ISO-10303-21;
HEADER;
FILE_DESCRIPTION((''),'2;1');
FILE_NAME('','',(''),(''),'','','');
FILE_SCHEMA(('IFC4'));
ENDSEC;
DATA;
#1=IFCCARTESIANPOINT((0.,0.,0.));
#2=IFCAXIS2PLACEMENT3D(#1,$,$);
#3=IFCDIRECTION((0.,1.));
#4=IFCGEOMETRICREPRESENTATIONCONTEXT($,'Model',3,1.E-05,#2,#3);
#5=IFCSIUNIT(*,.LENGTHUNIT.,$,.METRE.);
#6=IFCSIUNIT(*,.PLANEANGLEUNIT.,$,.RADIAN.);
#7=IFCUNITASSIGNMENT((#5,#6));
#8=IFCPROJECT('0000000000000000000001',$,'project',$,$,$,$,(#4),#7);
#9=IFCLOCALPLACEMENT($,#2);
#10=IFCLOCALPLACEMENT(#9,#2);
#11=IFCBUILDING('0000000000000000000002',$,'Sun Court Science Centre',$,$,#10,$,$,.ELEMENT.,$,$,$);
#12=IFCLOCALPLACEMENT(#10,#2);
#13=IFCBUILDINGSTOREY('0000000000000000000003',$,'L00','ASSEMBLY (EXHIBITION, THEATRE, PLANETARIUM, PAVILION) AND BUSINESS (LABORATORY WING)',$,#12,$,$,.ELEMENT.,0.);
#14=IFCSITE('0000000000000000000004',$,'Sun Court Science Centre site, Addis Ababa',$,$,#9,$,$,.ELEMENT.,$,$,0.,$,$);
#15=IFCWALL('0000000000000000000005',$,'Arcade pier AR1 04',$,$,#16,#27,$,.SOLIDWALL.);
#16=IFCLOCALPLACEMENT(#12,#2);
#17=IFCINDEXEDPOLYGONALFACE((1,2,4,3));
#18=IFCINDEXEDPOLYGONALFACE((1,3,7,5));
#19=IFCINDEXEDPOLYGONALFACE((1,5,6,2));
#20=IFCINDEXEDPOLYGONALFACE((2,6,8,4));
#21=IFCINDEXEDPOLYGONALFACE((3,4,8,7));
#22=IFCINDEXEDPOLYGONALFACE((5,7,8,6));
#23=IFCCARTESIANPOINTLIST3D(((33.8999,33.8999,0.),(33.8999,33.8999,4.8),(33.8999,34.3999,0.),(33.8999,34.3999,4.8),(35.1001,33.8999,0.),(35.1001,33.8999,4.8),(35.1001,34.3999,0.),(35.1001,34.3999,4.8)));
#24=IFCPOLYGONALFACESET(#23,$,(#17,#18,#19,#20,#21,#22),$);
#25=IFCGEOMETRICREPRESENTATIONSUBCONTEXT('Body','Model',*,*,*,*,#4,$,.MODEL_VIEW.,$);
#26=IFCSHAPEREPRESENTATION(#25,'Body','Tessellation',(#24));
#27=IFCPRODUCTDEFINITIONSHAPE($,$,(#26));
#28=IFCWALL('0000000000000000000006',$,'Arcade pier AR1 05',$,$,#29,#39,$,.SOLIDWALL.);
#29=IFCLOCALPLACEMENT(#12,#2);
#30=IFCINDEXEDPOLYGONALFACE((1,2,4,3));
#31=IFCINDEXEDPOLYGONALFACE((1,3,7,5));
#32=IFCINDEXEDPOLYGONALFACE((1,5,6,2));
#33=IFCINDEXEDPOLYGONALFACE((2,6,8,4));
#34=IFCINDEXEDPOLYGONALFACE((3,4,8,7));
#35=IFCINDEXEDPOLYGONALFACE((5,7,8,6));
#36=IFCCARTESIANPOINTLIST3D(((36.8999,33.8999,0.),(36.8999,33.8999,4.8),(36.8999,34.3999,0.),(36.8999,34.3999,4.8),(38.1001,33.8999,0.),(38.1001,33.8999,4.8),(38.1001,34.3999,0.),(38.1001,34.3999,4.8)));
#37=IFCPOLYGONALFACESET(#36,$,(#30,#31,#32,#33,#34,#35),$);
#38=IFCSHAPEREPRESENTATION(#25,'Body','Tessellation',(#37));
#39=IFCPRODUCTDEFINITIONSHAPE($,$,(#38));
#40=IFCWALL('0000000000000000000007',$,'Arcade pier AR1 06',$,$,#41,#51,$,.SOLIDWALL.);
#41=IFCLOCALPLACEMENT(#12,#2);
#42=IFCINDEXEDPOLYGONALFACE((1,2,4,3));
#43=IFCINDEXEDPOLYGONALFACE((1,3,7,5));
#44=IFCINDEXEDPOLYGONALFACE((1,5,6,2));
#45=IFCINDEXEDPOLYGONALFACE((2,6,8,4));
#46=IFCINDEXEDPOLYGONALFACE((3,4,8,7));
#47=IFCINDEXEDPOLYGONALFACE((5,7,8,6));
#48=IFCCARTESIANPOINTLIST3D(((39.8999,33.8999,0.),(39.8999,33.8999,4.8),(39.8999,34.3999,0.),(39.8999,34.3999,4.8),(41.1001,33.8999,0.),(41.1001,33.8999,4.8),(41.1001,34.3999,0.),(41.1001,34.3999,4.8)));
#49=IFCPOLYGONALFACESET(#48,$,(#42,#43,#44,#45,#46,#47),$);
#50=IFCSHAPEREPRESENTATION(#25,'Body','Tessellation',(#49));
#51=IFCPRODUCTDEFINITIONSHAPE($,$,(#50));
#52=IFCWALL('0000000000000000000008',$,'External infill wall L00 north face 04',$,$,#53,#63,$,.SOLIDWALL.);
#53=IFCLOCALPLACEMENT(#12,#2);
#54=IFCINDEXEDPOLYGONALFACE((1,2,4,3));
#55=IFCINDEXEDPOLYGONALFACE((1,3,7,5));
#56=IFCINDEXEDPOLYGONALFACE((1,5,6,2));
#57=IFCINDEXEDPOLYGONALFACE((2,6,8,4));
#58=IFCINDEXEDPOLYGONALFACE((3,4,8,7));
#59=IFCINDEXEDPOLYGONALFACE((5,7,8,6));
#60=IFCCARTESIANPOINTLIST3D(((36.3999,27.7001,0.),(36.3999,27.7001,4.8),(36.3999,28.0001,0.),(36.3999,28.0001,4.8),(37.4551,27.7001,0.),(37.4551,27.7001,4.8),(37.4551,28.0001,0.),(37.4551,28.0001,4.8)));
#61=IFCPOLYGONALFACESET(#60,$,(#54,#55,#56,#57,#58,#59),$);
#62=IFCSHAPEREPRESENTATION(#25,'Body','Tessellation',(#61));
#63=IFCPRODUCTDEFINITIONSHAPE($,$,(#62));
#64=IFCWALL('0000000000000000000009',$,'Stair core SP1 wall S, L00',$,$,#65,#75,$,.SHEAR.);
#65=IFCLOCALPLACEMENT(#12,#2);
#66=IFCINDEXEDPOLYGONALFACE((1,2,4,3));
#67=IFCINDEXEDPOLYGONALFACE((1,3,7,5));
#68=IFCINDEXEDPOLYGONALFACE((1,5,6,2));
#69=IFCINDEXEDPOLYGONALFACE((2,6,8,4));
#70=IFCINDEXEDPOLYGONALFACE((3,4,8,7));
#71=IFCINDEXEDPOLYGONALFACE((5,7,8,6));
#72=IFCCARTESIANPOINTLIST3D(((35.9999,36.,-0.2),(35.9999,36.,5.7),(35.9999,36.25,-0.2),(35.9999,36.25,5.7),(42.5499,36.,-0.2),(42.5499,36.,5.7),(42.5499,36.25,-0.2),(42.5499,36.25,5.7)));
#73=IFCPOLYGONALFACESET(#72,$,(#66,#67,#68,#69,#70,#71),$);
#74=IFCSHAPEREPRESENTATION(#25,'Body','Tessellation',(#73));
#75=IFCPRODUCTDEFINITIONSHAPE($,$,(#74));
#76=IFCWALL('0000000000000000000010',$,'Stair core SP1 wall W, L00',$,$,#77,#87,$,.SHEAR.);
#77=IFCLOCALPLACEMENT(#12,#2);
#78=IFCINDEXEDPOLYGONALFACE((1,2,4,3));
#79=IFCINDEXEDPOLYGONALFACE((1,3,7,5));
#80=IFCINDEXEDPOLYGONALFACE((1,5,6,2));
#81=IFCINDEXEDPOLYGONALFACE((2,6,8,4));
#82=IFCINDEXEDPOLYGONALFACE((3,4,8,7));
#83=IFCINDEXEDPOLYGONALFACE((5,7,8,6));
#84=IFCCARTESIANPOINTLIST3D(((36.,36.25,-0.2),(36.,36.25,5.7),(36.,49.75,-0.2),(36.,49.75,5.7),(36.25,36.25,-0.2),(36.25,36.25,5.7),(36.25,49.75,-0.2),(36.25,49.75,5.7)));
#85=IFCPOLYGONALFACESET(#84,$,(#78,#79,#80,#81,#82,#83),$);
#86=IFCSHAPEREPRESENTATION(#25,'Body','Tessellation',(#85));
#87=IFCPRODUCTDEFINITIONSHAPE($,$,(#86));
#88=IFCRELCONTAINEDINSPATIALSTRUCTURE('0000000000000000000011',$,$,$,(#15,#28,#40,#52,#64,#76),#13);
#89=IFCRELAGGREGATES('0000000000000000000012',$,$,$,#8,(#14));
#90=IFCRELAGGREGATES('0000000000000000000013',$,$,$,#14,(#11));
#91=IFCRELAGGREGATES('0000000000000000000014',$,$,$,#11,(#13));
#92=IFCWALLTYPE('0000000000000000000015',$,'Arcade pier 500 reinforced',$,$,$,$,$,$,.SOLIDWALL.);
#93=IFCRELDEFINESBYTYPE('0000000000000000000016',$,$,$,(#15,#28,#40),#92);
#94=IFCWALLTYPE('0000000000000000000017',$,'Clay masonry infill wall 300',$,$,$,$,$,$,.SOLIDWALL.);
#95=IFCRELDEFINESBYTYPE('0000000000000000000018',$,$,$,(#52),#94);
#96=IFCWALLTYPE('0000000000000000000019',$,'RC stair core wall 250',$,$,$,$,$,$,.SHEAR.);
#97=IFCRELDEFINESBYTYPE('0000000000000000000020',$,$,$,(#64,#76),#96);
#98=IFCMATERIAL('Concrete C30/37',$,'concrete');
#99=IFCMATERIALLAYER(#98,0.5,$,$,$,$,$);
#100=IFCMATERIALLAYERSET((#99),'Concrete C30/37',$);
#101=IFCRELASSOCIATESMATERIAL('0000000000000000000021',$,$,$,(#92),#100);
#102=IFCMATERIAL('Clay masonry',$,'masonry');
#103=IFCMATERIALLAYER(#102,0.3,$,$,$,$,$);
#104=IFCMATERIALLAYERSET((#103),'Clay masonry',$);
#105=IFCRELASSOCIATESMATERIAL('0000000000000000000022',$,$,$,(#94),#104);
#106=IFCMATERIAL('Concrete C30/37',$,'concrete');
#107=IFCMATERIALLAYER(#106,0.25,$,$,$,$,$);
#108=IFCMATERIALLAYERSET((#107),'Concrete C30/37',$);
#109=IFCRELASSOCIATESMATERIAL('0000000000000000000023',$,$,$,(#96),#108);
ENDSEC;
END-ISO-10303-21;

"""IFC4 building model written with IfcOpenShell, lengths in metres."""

from ifc_helpers import new_model, si_unit, direction, frame, frame_2d, origin, place, context, subcontext, project, spatial, rectangle, extrude, material, layer, layer_set, type_object, element, save


model = new_model("IFC4")

# Units and contexts
model_context = context("Model", 3, precision=1e-05, world=origin(), true_north=direction((0.0, 1.0)))
body_context = subcontext(model_context, "Body", "Model", "MODEL_VIEW")
ifc_project = project(units=[si_unit("LENGTHUNIT", "METRE"), si_unit("PLANEANGLEUNIT", "RADIAN")], contexts=[model_context])

# Site, building, storey
site_placement = place(None, origin())
site = spatial("IfcSite", under=ifc_project, at=site_placement, Name="Sun Court Science Centre site, Addis Ababa", CompositionType="ELEMENT", RefElevation=0.0)
building_placement = place(site_placement, origin())
building = spatial("IfcBuilding", under=site, at=building_placement, Name="Sun Court Science Centre", CompositionType="ELEMENT")
storey_placement = place(building_placement, origin())
storey = spatial("IfcBuildingStorey", under=building, at=storey_placement, Name="L00", Description="ASSEMBLY (EXHIBITION, THEATRE, PLANETARIUM, PAVILION) AND BUSINESS (LABORATORY WING)", CompositionType="ELEMENT", Elevation=0.0)

# Walls
ifc_material_1 = material(Name="Concrete C30/37", Category="concrete")
ifc_layer_1 = layer(ifc_material_1, 0.5)
ifc_layer_set_1 = layer_set([ifc_layer_1], Name="Concrete C30/37")
wall_type_1 = type_object("IfcWallType", Name="Arcade pier 500 reinforced", PredefinedType="SOLIDWALL", material=ifc_layer_set_1)
for number, where, z_axis, x_axis, name in (
    (1, (33.8999, 34.1499, 0.0), (0.0, 0.0, 1.0), (1.0, 0.0, 0.0), "Arcade pier AR1 04"),
    (2, (36.8999, 34.1499, 0.0), (0.0, 0.0, 1.0), (1.0, 0.0, 0.0), "Arcade pier AR1 05"),
    (3, (39.8999, 34.1499, 0.0), (0.0, 0.0, 1.0), (1.0, 0.0, 0.0), "Arcade pier AR1 06"),
):
    element("IfcWall", number, at=place(storey_placement, frame(where, z_axis=z_axis, x_axis=x_axis)), inside=storey, type_object=wall_type_1, Name=name, PredefinedType="SOLIDWALL", context=body_context, shape_type="SweptSolid", body=[
        extrude(rectangle(XDim=1.2002, YDim=0.5, at=frame_2d((0.6001, 0.0))), origin(), (0.0, 0.0, 1.0), 4.8),
    ])
ifc_material_2 = material(Name="Clay masonry", Category="masonry")
ifc_layer_2 = layer(ifc_material_2, 0.3)
ifc_layer_set_2 = layer_set([ifc_layer_2], Name="Clay masonry")
wall_type_2 = type_object("IfcWallType", Name="Clay masonry infill wall 300", PredefinedType="SOLIDWALL", material=ifc_layer_set_2)
wall_1_placement = place(storey_placement, frame((36.3999, 27.8501, 0.0), z_axis=(0.0, 0.0, 1.0), x_axis=(1.0, 0.0, 0.0)))
element("IfcWall", 4, at=wall_1_placement, inside=storey, type_object=wall_type_2, Name="External infill wall L00 north face 04", PredefinedType="SOLIDWALL", context=body_context, shape_type="SweptSolid", body=[
    extrude(rectangle(XDim=1.0552, YDim=0.3, at=frame_2d((0.5276, 0.0))), origin(), (0.0, 0.0, 1.0), 4.8),
])
ifc_material_3 = material(Name="Concrete C30/37", Category="concrete")
ifc_layer_3 = layer(ifc_material_3, 0.25)
ifc_layer_set_3 = layer_set([ifc_layer_3], Name="Concrete C30/37")
wall_type_3 = type_object("IfcWallType", Name="RC stair core wall 250", PredefinedType="SHEAR", material=ifc_layer_set_3)
wall_2_placement = place(storey_placement, frame((36.0, 36.125, -0.2), z_axis=(0.0, 0.0, 1.0), x_axis=(1.0, 0.0, 0.0)))
element("IfcWall", 5, at=wall_2_placement, inside=storey, type_object=wall_type_3, Name="Stair core SP1 wall S, L00", PredefinedType="SHEAR", context=body_context, shape_type="SweptSolid", body=[
    extrude(rectangle(XDim=6.55, YDim=0.25, at=frame_2d((3.2749, 0.0))), origin(), (0.0, 0.0, 1.0), 5.8999),
])
wall_3_placement = place(storey_placement, frame((36.125, 36.25, -0.2), z_axis=(0.0, 0.0, 1.0), x_axis=(0.0, 1.0, 0.0)))
element("IfcWall", 6, at=wall_3_placement, inside=storey, type_object=wall_type_3, Name="Stair core SP1 wall W, L00", PredefinedType="SHEAR", context=body_context, shape_type="SweptSolid", body=[
    extrude(rectangle(XDim=13.5, YDim=0.25, at=frame_2d((6.75, 0.0))), origin(), (0.0, 0.0, 1.0), 5.8999),
])

save(model, "model.ifc")
